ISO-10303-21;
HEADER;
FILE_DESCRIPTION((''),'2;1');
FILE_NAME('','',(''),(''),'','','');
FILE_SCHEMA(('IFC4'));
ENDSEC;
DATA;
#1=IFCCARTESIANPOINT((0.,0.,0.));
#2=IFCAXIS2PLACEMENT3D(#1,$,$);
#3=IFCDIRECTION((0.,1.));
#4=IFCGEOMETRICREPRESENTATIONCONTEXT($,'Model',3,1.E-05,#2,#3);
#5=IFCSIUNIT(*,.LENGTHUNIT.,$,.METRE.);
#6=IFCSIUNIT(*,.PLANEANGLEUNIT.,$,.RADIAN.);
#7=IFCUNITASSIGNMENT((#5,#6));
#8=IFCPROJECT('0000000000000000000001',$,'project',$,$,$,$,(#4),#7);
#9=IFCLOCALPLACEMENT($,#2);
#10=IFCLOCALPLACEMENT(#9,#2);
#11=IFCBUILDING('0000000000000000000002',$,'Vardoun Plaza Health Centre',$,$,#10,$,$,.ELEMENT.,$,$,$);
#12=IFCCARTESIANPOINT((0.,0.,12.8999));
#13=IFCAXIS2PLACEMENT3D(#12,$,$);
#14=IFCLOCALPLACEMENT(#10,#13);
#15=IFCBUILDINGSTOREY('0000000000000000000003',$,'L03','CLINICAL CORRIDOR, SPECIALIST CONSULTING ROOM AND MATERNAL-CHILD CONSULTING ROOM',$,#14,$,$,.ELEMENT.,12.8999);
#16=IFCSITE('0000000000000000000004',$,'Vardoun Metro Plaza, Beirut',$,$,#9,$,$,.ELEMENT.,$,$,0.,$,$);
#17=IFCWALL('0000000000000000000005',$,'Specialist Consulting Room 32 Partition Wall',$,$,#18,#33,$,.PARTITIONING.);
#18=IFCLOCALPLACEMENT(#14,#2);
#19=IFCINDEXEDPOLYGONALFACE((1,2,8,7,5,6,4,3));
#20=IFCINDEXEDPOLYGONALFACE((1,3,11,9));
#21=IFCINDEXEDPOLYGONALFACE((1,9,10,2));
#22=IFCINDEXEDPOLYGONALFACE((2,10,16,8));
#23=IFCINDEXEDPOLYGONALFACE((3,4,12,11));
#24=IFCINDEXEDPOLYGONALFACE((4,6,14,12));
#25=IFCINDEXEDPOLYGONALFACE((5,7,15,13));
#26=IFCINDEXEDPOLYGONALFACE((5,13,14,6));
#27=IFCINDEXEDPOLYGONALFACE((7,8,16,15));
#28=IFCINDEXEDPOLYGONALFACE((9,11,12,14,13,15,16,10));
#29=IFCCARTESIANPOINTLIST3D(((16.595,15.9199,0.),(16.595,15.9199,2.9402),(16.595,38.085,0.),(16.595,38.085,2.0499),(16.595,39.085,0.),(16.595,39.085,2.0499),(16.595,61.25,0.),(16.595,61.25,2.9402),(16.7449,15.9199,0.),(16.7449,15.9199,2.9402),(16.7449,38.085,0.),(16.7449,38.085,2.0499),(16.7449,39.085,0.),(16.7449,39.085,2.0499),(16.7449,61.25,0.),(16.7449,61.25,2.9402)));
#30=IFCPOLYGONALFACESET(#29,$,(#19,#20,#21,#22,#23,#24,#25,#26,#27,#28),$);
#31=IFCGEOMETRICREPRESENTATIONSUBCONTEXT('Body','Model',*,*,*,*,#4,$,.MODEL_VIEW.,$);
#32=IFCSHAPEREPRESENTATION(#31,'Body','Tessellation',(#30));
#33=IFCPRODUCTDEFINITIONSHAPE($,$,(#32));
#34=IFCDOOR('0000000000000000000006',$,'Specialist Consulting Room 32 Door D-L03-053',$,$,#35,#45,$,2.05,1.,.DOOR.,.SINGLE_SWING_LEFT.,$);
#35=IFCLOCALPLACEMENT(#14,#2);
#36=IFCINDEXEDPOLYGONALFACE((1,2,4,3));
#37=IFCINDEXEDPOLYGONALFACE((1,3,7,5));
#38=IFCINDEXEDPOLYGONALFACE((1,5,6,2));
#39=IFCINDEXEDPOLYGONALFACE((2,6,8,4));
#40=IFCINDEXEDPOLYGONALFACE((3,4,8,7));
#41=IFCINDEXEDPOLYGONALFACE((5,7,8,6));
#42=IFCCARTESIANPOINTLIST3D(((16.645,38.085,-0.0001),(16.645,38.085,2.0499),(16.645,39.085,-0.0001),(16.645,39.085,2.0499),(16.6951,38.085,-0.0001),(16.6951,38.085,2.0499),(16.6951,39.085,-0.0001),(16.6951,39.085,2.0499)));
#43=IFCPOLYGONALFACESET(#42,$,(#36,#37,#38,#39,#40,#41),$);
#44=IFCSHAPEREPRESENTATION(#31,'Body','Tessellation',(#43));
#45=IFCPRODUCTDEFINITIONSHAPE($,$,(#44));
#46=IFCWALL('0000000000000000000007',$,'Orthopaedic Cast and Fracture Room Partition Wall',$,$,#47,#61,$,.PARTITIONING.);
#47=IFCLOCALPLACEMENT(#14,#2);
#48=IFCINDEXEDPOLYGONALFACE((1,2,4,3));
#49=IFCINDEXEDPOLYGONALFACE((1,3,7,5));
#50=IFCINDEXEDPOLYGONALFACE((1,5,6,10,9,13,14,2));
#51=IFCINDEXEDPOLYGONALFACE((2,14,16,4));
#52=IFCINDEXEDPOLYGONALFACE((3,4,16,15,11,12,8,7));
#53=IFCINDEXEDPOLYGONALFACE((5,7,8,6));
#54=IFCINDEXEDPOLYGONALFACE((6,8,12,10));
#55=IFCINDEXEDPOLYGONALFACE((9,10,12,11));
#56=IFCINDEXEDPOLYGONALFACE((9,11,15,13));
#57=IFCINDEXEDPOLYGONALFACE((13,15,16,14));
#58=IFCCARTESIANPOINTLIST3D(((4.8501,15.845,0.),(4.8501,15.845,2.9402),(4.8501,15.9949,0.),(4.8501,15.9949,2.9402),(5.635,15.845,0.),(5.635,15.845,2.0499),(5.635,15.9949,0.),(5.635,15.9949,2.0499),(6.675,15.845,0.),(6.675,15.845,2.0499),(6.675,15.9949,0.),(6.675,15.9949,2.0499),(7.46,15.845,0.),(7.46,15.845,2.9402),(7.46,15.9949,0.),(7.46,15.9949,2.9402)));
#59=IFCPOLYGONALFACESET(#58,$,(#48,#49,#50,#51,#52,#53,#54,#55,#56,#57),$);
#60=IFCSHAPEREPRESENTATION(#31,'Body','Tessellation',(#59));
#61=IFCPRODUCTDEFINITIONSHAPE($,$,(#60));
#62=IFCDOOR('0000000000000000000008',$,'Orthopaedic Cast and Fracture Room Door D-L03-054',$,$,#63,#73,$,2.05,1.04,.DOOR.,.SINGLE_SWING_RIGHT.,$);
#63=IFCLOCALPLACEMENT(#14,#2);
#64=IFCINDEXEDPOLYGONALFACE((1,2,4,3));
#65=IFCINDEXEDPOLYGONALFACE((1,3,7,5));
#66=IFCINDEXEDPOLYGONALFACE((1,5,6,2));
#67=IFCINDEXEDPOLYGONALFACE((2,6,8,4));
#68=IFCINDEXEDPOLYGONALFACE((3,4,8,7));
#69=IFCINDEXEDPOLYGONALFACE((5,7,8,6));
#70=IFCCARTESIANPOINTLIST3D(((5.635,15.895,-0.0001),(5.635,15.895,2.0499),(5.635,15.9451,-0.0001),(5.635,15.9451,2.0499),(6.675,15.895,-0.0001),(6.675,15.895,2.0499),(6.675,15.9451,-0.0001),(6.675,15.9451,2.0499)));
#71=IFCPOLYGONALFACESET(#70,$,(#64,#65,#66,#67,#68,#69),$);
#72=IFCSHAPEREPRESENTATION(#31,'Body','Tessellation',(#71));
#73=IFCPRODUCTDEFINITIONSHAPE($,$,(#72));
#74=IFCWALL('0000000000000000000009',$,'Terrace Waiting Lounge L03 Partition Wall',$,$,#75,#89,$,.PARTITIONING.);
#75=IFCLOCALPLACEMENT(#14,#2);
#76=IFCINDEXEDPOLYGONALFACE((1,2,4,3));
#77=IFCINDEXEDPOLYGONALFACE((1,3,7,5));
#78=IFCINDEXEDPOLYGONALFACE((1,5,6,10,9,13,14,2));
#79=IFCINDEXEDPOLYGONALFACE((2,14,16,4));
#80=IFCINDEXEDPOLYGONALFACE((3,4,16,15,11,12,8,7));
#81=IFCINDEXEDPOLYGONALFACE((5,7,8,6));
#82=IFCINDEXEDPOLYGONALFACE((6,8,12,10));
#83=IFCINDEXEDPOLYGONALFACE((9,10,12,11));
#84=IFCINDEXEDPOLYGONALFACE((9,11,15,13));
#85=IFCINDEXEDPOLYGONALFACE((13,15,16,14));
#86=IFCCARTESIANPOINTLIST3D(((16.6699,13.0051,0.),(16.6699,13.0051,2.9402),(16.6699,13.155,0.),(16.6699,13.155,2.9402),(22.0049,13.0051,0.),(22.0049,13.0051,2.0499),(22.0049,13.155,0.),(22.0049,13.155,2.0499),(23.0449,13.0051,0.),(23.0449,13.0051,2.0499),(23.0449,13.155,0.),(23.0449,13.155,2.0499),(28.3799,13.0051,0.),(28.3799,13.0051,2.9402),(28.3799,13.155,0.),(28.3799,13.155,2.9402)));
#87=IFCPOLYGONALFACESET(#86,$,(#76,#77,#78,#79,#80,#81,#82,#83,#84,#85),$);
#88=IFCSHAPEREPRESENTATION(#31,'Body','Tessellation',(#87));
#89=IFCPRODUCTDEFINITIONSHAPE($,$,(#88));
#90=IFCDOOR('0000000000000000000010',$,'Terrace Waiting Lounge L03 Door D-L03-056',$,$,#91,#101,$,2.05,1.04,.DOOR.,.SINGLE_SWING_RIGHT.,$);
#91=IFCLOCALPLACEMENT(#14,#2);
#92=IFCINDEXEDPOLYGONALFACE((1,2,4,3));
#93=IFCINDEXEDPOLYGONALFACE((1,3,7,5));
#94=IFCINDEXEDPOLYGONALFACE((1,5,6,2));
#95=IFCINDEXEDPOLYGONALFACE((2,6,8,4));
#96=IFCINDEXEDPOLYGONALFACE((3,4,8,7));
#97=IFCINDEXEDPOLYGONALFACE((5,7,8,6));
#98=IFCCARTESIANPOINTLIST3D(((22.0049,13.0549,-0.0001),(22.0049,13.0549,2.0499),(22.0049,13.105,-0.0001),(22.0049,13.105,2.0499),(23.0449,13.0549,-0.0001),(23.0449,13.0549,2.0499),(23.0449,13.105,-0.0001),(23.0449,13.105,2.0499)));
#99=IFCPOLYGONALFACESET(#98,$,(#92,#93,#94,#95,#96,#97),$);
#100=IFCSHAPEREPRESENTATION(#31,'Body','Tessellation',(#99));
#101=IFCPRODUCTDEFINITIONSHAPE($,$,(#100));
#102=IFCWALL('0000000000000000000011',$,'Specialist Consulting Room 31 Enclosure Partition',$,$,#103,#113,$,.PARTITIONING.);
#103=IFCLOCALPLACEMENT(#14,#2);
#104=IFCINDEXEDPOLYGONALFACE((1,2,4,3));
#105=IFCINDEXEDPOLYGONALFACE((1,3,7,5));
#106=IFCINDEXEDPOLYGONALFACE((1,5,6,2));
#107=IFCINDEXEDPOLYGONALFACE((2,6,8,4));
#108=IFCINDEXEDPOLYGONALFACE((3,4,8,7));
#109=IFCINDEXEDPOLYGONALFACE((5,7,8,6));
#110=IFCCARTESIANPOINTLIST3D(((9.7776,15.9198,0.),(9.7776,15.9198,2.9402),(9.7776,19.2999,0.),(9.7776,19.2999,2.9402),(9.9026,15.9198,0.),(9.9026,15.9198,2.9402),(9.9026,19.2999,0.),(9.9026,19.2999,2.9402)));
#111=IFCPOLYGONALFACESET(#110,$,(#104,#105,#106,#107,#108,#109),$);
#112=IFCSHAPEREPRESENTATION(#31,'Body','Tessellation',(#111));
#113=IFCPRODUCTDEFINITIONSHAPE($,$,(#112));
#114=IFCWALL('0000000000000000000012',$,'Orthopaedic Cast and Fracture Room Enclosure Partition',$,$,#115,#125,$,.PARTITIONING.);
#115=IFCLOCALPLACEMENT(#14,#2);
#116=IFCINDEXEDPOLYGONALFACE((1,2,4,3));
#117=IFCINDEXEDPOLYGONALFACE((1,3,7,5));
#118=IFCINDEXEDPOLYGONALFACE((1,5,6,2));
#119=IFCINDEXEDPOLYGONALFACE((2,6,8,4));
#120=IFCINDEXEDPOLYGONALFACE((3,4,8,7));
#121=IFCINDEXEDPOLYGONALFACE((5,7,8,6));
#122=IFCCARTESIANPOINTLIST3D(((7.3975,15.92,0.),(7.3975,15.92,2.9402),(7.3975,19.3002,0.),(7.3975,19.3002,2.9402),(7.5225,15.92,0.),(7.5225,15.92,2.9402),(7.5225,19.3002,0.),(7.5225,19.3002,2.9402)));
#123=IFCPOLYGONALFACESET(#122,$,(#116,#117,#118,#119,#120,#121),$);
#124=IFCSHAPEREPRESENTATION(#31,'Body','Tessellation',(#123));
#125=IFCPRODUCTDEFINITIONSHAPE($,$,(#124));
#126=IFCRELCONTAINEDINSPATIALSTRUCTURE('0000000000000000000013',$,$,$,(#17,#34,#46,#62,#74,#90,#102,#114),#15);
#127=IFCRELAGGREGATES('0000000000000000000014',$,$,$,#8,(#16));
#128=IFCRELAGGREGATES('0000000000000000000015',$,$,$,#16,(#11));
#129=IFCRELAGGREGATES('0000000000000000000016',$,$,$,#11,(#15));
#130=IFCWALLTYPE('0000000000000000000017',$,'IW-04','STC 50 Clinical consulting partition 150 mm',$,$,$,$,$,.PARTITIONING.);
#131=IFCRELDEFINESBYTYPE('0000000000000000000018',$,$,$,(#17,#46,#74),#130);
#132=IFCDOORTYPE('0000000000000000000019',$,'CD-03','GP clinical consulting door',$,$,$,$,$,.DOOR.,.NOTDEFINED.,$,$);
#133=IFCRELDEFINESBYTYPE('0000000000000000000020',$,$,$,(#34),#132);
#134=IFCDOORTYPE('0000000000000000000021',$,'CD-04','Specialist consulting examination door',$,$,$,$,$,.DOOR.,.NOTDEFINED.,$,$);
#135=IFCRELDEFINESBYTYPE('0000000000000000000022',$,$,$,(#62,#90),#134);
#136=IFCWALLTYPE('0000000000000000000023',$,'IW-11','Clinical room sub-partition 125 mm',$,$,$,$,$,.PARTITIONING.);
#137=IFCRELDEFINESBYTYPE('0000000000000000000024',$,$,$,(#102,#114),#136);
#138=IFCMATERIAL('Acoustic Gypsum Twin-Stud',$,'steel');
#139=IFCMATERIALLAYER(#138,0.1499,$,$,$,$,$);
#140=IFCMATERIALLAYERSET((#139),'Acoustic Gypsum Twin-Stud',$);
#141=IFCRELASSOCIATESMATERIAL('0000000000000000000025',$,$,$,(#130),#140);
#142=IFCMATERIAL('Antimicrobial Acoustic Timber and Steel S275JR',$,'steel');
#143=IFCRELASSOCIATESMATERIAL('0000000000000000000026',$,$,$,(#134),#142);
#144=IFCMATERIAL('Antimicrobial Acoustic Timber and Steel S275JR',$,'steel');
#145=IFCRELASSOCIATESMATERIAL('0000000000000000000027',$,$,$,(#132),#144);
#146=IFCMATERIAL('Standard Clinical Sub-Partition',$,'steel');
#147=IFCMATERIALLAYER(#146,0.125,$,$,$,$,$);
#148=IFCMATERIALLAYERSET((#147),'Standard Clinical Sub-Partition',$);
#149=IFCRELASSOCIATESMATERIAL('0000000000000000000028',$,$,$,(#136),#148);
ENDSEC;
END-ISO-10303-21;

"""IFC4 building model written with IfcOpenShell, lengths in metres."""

from ifc_helpers import new_model, si_unit, direction, frame, frame_2d, origin, place, context, subcontext, project, spatial, rectangle, extrude, material, layer, layer_set, type_object, element, fill, save


model = new_model("IFC4")

# Units and contexts
model_context = context("Model", 3, precision=1e-05, world=origin(), true_north=direction((0.0, 1.0)))
body_context = subcontext(model_context, "Body", "Model", "MODEL_VIEW")
ifc_project = project(units=[si_unit("LENGTHUNIT", "METRE"), si_unit("PLANEANGLEUNIT", "RADIAN")], contexts=[model_context])

# Site, building, storey
site_placement = place(None, origin())
site = spatial("IfcSite", under=ifc_project, at=site_placement, Name="Vardoun Metro Plaza, Beirut", CompositionType="ELEMENT", RefElevation=0.0)
building_placement = place(site_placement, origin())
building = spatial("IfcBuilding", under=site, at=building_placement, Name="Vardoun Plaza Health Centre", CompositionType="ELEMENT")
storey_placement = place(building_placement, frame((0.0, 0.0, 12.8999)))
storey = spatial("IfcBuildingStorey", under=building, at=storey_placement, Name="L03", Description="CLINICAL CORRIDOR, SPECIALIST CONSULTING ROOM AND MATERNAL-CHILD CONSULTING ROOM", CompositionType="ELEMENT", Elevation=12.8999)

# Walls, openings, doors
ifc_material_1 = material(Name="Acoustic Gypsum Twin-Stud", Category="steel")
ifc_layer_1 = layer(ifc_material_1, 0.1499)
ifc_layer_set_1 = layer_set([ifc_layer_1], Name="Acoustic Gypsum Twin-Stud")
wall_type_1 = type_object("IfcWallType", Name="IW-04", Description="STC 50 Clinical consulting partition 150 mm", PredefinedType="PARTITIONING", material=ifc_layer_set_1)
ifc_material_2 = material(Name="Antimicrobial Acoustic Timber and Steel S275JR", Category="steel")
door_type_1 = type_object("IfcDoorType", Name="CD-04", Description="Specialist consulting examination door", OperationType="NOTDEFINED", PredefinedType="DOOR", material=ifc_material_2)
wall_1_placement = place(storey_placement, frame((16.6699, 15.9199, 0.0), z_axis=(0.0, 0.0, 1.0), x_axis=(0.0, 1.0, 0.0)))
wall_1 = element("IfcWall", 1, at=wall_1_placement, inside=storey, type_object=wall_type_1, Name="Specialist Consulting Room 32 Partition Wall", PredefinedType="PARTITIONING", context=body_context, shape_type="SweptSolid", body=[
    extrude(rectangle(XDim=45.3301, YDim=0.1499, at=frame_2d((22.665, 0.0))), origin(), (0.0, 0.0, 1.0), 2.9402),
])
opening_1_placement = place(wall_1_placement, frame((22.165, 0.0, 0.0)))
opening_1 = element("IfcOpeningElement", 2, at=opening_1_placement, cuts=wall_1, PredefinedType="OPENING", context=body_context, shape_type="SweptSolid", body=[
    extrude(rectangle(XDim=1.0, YDim=2.05, at=frame_2d((0.5, 1.0249))), frame((0.0, 0.075, 0.0), z_axis=(0.0, -1.0, 0.0), x_axis=(1.0, 0.0, 0.0)), (0.0, 0.0, 1.0), 0.1499),
])
ifc_material_3 = material(Name="Antimicrobial Acoustic Timber and Steel S275JR", Category="steel")
door_type_2 = type_object("IfcDoorType", Name="CD-03", Description="GP clinical consulting door", OperationType="NOTDEFINED", PredefinedType="DOOR", material=ifc_material_3)
door_1_placement = place(opening_1_placement, origin())
door_1 = element("IfcDoor", 3, at=door_1_placement, inside=storey, type_object=door_type_2, Name="Specialist Consulting Room 32 Door D-L03-053", OperationType="SINGLE_SWING_LEFT", OverallHeight=2.05, OverallWidth=1.0, PredefinedType="DOOR", context=body_context, shape_type="SweptSolid", body=[
    extrude(rectangle(XDim=1.0, YDim=2.05, at=frame_2d((0.5, 1.0249))), frame((0.0, 0.0249, 0.0), z_axis=(0.0, -1.0, 0.0), x_axis=(1.0, 0.0, 0.0)), (0.0, 0.0, 1.0), 0.05),
])
fill(opening_1, door_1)
wall_2_placement = place(storey_placement, frame((7.46, 15.9199, 0.0), z_axis=(0.0, 0.0, 1.0), x_axis=(-1.0, 0.0, 0.0)))
wall_2 = element("IfcWall", 4, at=wall_2_placement, inside=storey, type_object=wall_type_1, Name="Orthopaedic Cast and Fracture Room Partition Wall", PredefinedType="PARTITIONING", context=body_context, shape_type="SweptSolid", body=[
    extrude(rectangle(XDim=2.6099, YDim=0.1499, at=frame_2d((1.3049, 0.0))), origin(), (0.0, 0.0, 1.0), 2.9402),
])
opening_2_placement = place(wall_2_placement, frame((0.7849, 0.0, 0.0)))
opening_2 = element("IfcOpeningElement", 5, at=opening_2_placement, cuts=wall_2, PredefinedType="OPENING", context=body_context, shape_type="SweptSolid", body=[
    extrude(rectangle(XDim=1.04, YDim=2.05, at=frame_2d((0.52, 1.0249))), frame((0.0, 0.075, 0.0), z_axis=(0.0, -1.0, 0.0), x_axis=(1.0, 0.0, 0.0)), (0.0, 0.0, 1.0), 0.1499),
])
door_2_placement = place(opening_2_placement, origin())
door_2 = element("IfcDoor", 6, at=door_2_placement, inside=storey, type_object=door_type_1, Name="Orthopaedic Cast and Fracture Room Door D-L03-054", OperationType="SINGLE_SWING_RIGHT", OverallHeight=2.05, OverallWidth=1.04, PredefinedType="DOOR", context=body_context, shape_type="SweptSolid", body=[
    extrude(rectangle(XDim=1.04, YDim=2.05, at=frame_2d((0.52, 1.0249))), frame((0.0, 0.0249, 0.0), z_axis=(0.0, -1.0, 0.0), x_axis=(1.0, 0.0, 0.0)), (0.0, 0.0, 1.0), 0.05),
])
fill(opening_2, door_2)
wall_3_placement = place(storey_placement, frame((16.6699, 13.0801, 0.0), z_axis=(0.0, 0.0, 1.0), x_axis=(1.0, 0.0, 0.0)))
wall_3 = element("IfcWall", 7, at=wall_3_placement, inside=storey, type_object=wall_type_1, Name="Terrace Waiting Lounge L03 Partition Wall", PredefinedType="PARTITIONING", context=body_context, shape_type="SweptSolid", body=[
    extrude(rectangle(XDim=11.71, YDim=0.1499, at=frame_2d((5.855, 0.0))), origin(), (0.0, 0.0, 1.0), 2.9402),
])
opening_3_placement = place(wall_3_placement, frame((5.335, 0.0, 0.0)))
opening_3 = element("IfcOpeningElement", 8, at=opening_3_placement, cuts=wall_3, PredefinedType="OPENING", context=body_context, shape_type="SweptSolid", body=[
    extrude(rectangle(XDim=1.04, YDim=2.05, at=frame_2d((0.52, 1.0249))), frame((0.0, 0.075, 0.0), z_axis=(0.0, -1.0, 0.0), x_axis=(1.0, 0.0, 0.0)), (0.0, 0.0, 1.0), 0.1499),
])
door_3_placement = place(opening_3_placement, origin())
door_3 = element("IfcDoor", 9, at=door_3_placement, inside=storey, type_object=door_type_1, Name="Terrace Waiting Lounge L03 Door D-L03-056", OperationType="SINGLE_SWING_RIGHT", OverallHeight=2.05, OverallWidth=1.04, PredefinedType="DOOR", context=body_context, shape_type="SweptSolid", body=[
    extrude(rectangle(XDim=1.04, YDim=2.05, at=frame_2d((0.52, 1.0249))), frame((0.0, 0.0249, 0.0), z_axis=(0.0, -1.0, 0.0), x_axis=(1.0, 0.0, 0.0)), (0.0, 0.0, 1.0), 0.05),
])
fill(opening_3, door_3)

# Walls
ifc_material_4 = material(Name="Standard Clinical Sub-Partition", Category="steel")
ifc_layer_2 = layer(ifc_material_4, 0.125)
ifc_layer_set_2 = layer_set([ifc_layer_2], Name="Standard Clinical Sub-Partition")
wall_type_2 = type_object("IfcWallType", Name="IW-11", Description="Clinical room sub-partition 125 mm", PredefinedType="PARTITIONING", material=ifc_layer_set_2)
for number, where, z_axis, x_axis, name in (
    (10, (9.8401, 15.9199, 0.0), (0.0, 0.0, 1.0), (0.0, 1.0, 0.0), "Specialist Consulting Room 31 Enclosure Partition"),
    (11, (7.46, 19.3, 0.0), (0.0, 0.0, 1.0), (0.0, -1.0, 0.0), "Orthopaedic Cast and Fracture Room Enclosure Partition"),
):
    element("IfcWall", number, at=place(storey_placement, frame(where, z_axis=z_axis, x_axis=x_axis)), inside=storey, type_object=wall_type_2, Name=name, PredefinedType="PARTITIONING", context=body_context, shape_type="SweptSolid", body=[
        extrude(rectangle(XDim=3.3801, YDim=0.125, at=frame_2d((1.6899, 0.0))), origin(), (0.0, 0.0, 1.0), 2.9402),
    ])

save(model, "model.ifc")
